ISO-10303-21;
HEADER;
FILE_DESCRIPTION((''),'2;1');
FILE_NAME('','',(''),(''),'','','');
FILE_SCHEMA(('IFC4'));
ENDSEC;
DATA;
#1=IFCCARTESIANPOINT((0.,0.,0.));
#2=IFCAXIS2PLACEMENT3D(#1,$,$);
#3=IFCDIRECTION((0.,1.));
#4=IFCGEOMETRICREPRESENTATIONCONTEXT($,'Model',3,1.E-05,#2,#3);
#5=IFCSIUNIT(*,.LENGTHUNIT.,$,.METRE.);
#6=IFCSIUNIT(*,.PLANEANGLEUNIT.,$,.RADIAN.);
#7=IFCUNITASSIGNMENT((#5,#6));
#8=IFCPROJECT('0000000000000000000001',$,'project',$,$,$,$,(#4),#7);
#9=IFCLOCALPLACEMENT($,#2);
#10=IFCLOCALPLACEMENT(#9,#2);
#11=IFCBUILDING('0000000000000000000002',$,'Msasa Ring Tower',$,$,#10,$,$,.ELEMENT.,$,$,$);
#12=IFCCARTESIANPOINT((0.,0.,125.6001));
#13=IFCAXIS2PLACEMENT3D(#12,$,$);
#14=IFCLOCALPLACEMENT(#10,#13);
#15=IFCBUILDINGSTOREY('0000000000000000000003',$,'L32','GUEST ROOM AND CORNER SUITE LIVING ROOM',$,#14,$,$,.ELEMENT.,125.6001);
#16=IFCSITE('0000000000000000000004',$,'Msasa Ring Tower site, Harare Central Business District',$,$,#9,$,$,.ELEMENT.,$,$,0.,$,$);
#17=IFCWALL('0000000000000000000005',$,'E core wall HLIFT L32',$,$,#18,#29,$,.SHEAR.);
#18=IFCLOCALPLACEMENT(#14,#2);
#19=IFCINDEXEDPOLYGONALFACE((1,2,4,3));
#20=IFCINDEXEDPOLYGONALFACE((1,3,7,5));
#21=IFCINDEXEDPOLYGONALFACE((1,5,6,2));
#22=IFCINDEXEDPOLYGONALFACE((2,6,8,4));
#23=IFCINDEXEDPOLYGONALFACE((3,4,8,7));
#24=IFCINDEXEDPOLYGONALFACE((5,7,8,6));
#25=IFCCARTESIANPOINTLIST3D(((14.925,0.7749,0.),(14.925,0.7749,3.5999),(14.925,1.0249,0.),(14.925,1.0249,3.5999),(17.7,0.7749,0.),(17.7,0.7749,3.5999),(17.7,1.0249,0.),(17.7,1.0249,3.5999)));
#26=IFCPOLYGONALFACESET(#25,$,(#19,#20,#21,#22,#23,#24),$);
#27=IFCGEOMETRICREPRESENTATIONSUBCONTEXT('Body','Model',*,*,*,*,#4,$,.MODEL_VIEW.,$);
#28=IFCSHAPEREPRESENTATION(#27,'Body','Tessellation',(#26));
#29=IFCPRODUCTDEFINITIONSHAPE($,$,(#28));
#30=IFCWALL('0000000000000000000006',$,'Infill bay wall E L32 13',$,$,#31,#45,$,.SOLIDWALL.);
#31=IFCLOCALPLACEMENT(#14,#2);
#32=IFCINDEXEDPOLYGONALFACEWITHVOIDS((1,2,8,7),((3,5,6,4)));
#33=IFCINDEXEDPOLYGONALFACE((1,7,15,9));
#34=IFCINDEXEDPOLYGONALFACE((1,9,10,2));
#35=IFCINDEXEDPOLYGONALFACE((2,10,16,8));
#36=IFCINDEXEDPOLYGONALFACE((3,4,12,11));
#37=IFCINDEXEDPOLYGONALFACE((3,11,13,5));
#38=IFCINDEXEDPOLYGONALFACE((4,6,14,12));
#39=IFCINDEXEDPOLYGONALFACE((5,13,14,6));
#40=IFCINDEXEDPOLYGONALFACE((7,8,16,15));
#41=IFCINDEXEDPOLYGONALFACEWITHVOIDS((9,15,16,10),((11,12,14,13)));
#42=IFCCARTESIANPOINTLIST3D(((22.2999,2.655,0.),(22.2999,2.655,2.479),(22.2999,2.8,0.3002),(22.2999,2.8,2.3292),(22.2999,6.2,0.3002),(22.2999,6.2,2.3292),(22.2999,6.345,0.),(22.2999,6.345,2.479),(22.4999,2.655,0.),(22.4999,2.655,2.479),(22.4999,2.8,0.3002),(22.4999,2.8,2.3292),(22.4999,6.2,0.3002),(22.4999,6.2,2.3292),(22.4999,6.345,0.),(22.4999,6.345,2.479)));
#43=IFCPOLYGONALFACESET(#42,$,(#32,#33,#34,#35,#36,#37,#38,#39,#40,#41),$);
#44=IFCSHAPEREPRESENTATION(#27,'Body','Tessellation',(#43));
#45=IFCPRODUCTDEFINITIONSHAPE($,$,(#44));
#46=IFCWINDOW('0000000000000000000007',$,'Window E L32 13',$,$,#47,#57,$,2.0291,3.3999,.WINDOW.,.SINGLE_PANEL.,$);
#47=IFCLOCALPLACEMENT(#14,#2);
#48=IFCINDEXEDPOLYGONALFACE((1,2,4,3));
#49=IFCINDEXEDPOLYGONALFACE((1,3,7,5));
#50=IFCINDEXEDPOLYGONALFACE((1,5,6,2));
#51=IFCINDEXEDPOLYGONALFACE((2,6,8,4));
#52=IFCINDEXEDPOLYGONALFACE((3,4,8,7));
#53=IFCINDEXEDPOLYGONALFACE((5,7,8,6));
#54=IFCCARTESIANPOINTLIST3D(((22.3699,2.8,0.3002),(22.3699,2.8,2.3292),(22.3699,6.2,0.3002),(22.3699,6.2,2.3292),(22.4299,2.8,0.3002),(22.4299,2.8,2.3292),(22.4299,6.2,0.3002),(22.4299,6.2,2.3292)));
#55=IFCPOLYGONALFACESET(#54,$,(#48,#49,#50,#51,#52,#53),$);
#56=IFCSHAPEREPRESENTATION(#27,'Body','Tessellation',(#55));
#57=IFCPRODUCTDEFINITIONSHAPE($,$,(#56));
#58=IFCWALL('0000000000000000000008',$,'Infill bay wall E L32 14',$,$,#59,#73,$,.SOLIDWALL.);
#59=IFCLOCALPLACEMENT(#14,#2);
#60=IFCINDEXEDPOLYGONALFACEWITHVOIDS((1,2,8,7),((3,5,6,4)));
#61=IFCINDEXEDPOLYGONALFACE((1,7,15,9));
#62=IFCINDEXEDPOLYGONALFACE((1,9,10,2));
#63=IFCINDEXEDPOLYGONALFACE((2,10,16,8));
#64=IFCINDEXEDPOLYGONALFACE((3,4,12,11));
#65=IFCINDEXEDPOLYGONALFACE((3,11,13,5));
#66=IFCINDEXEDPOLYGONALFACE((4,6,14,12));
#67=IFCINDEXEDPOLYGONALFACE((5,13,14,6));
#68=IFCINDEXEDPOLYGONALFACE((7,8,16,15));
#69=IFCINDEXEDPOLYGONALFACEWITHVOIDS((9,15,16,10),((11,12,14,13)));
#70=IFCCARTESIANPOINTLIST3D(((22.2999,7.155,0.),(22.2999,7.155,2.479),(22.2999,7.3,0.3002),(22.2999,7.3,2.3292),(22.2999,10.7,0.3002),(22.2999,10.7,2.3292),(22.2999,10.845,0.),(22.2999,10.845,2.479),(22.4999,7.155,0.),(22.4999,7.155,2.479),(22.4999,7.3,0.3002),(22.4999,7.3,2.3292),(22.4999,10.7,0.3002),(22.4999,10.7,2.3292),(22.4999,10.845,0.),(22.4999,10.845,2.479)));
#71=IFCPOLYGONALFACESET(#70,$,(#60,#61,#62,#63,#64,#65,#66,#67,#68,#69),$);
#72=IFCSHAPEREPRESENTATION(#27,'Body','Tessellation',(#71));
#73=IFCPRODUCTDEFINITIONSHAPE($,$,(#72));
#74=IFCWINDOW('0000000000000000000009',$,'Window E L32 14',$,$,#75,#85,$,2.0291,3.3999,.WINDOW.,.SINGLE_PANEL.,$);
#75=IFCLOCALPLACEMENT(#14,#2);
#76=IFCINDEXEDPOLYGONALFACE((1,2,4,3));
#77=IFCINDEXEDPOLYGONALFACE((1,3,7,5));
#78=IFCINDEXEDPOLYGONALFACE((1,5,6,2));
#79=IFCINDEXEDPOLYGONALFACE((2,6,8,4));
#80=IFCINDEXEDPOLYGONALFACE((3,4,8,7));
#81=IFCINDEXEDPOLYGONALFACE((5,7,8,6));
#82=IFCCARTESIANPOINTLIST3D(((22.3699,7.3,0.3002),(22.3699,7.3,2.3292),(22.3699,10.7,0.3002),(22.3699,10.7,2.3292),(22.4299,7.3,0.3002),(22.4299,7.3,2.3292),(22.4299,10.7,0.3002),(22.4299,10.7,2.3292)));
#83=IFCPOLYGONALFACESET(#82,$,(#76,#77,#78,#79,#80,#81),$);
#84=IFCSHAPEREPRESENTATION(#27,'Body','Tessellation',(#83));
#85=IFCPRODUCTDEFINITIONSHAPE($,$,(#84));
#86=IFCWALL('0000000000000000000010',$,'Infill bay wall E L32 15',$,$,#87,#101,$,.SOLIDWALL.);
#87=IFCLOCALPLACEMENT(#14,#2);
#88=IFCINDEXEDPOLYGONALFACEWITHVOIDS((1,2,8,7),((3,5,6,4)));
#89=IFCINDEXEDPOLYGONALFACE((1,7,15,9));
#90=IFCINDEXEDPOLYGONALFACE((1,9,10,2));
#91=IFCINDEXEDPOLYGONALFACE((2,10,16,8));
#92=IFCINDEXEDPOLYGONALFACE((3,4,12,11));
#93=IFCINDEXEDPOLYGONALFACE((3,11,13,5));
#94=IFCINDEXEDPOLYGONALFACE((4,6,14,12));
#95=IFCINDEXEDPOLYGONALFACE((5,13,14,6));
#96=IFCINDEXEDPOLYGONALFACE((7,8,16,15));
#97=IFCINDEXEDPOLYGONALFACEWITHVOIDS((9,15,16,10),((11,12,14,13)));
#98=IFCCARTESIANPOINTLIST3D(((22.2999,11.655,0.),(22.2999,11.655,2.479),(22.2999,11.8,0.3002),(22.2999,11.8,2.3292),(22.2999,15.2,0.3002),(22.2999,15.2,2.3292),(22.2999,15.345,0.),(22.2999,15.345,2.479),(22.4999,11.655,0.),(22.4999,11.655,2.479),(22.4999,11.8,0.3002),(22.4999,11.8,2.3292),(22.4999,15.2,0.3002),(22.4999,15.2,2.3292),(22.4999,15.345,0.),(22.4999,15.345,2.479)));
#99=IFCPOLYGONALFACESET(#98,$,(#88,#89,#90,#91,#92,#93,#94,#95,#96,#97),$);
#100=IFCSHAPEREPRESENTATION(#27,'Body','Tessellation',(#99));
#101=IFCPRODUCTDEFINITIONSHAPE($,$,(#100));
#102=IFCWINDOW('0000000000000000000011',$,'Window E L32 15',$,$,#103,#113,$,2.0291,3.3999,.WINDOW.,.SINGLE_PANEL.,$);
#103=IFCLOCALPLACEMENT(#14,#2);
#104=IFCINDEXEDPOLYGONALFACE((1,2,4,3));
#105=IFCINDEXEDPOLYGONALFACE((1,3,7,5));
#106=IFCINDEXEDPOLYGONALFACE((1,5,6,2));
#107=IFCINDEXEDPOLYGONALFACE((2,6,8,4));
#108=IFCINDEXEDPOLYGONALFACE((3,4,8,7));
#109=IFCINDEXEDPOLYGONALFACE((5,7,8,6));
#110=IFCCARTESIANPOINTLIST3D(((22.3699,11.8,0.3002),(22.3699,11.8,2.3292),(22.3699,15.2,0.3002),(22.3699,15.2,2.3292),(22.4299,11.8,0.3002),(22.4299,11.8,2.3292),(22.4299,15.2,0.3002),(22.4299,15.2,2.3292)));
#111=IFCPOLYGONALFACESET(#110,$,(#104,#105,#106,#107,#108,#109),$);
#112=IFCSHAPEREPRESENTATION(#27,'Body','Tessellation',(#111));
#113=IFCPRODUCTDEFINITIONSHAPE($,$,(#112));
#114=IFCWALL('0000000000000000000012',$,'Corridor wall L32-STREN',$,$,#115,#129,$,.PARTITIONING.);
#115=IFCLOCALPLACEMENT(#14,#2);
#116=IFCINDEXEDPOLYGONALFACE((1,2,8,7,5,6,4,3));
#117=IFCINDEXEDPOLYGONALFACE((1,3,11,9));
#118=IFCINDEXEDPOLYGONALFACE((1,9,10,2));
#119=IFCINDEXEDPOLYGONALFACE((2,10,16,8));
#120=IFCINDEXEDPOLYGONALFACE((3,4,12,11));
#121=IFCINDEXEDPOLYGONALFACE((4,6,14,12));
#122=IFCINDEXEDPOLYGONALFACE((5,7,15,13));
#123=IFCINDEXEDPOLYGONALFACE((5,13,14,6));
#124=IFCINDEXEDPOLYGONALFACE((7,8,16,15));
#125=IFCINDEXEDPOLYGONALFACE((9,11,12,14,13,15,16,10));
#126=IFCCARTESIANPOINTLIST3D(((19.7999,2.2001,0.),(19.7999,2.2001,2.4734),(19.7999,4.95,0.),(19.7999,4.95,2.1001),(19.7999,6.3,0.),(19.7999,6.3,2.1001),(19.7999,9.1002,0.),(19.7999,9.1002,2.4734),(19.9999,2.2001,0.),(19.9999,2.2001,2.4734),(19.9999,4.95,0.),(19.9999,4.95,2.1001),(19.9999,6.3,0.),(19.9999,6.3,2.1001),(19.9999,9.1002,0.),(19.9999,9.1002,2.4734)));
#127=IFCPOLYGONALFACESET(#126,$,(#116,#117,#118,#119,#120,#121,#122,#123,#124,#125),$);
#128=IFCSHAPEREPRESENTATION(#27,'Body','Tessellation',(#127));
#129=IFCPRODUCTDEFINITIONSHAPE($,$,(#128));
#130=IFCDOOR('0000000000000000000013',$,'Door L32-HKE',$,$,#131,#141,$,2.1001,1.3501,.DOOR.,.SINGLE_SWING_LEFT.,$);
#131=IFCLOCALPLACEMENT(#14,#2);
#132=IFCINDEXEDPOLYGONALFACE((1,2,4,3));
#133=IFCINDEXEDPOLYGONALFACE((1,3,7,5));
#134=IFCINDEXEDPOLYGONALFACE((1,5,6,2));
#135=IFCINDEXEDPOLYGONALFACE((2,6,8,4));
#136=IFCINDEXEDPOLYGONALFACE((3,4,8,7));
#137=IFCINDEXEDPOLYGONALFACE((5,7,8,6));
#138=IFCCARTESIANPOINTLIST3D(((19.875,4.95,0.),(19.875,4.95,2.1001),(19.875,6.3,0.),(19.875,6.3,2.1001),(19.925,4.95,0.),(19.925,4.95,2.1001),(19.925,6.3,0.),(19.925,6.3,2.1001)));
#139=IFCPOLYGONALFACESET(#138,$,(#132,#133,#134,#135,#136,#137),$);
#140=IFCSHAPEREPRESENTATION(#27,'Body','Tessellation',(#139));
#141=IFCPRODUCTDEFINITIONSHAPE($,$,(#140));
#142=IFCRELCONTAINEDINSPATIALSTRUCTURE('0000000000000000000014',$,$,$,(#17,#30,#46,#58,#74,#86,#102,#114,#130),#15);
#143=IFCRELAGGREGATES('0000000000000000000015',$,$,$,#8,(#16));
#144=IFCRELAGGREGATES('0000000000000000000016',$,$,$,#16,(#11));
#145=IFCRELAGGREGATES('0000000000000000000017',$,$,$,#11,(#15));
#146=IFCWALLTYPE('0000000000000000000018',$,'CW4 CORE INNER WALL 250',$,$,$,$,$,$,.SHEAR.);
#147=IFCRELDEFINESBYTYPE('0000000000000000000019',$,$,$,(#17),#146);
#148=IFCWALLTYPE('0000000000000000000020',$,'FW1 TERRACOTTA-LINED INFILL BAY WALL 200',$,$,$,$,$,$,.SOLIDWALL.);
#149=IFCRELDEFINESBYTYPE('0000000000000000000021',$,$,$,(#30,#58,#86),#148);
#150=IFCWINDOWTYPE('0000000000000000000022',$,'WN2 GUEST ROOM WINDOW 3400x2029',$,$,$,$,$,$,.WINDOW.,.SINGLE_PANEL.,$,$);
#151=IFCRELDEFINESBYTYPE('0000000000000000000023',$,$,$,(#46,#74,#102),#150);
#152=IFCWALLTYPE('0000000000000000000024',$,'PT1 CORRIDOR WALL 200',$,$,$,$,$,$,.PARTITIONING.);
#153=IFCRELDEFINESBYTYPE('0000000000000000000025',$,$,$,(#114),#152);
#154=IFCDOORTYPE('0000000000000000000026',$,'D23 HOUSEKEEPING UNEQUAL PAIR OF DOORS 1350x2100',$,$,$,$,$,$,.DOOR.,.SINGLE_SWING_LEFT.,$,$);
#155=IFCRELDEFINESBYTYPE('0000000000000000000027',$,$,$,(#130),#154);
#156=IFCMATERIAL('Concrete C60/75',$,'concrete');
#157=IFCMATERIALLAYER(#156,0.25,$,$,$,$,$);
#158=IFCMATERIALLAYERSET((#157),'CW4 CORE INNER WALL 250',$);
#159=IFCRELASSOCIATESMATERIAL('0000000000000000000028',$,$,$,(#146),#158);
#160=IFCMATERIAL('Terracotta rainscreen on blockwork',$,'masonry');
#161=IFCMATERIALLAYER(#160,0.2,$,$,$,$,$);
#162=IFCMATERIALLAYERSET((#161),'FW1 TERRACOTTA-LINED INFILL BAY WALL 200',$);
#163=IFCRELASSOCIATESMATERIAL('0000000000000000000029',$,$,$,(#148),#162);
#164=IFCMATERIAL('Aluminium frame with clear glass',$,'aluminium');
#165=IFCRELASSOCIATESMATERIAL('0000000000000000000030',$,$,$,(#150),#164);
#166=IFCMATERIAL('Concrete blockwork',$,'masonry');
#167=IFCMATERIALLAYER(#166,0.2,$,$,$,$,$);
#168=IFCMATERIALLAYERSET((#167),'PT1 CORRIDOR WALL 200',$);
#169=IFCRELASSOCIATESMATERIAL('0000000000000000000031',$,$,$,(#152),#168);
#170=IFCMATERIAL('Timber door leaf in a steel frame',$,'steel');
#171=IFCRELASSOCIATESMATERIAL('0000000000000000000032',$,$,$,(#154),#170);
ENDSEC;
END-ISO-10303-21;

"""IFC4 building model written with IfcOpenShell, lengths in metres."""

from ifc_helpers import new_model, si_unit, direction, frame, frame_2d, origin, place, context, subcontext, project, spatial, rectangle, extrude, material, layer, layer_set, type_object, element, fill, save


model = new_model("IFC4")

# Units and contexts
model_context = context("Model", 3, precision=1e-05, world=origin(), true_north=direction((0.0, 1.0)))
body_context = subcontext(model_context, "Body", "Model", "MODEL_VIEW")
ifc_project = project(units=[si_unit("LENGTHUNIT", "METRE"), si_unit("PLANEANGLEUNIT", "RADIAN")], contexts=[model_context])

# Site, building, storey
site_placement = place(None, origin())
site = spatial("IfcSite", under=ifc_project, at=site_placement, Name="Msasa Ring Tower site, Harare Central Business District", CompositionType="ELEMENT", RefElevation=0.0)
building_placement = place(site_placement, origin())
building = spatial("IfcBuilding", under=site, at=building_placement, Name="Msasa Ring Tower", CompositionType="ELEMENT")
storey_placement = place(building_placement, frame((0.0, 0.0, 125.6001)))
storey = spatial("IfcBuildingStorey", under=building, at=storey_placement, Name="L32", Description="GUEST ROOM AND CORNER SUITE LIVING ROOM", CompositionType="ELEMENT", Elevation=125.6001)

# Wall
ifc_material_1 = material(Name="Concrete C60/75", Category="concrete")
ifc_layer_1 = layer(ifc_material_1, 0.25)
ifc_layer_set_1 = layer_set([ifc_layer_1], Name="CW4 CORE INNER WALL 250")
wall_type_1 = type_object("IfcWallType", Name="CW4 CORE INNER WALL 250", PredefinedType="SHEAR", material=ifc_layer_set_1)
wall_1_placement = place(storey_placement, frame((14.925, 0.8999, 0.0), z_axis=(0.0, 0.0, 1.0), x_axis=(1.0, 0.0, 0.0)))
element("IfcWall", 1, at=wall_1_placement, inside=storey, type_object=wall_type_1, Name="E core wall HLIFT L32", PredefinedType="SHEAR", context=body_context, shape_type="SweptSolid", body=[
    extrude(rectangle(XDim=2.7749, YDim=0.25, at=frame_2d((1.3875, 0.0))), origin(), (0.0, 0.0, 1.0), 3.5999),
])

# Walls, openings, windows
ifc_material_2 = material(Name="Terracotta rainscreen on blockwork", Category="masonry")
ifc_layer_2 = layer(ifc_material_2, 0.2)
ifc_layer_set_2 = layer_set([ifc_layer_2], Name="FW1 TERRACOTTA-LINED INFILL BAY WALL 200")
wall_type_2 = type_object("IfcWallType", Name="FW1 TERRACOTTA-LINED INFILL BAY WALL 200", PredefinedType="SOLIDWALL", material=ifc_layer_set_2)
wall_2_placement = place(storey_placement, frame((22.3999, 2.655, 0.0), z_axis=(0.0, 0.0, 1.0), x_axis=(0.0, 1.0, 0.0)))
wall_2 = element("IfcWall", 2, at=wall_2_placement, inside=storey, type_object=wall_type_2, Name="Infill bay wall E L32 13", PredefinedType="SOLIDWALL", context=body_context, shape_type="SweptSolid", body=[
    extrude(rectangle(XDim=3.6899, YDim=0.2, at=frame_2d((1.845, 0.0))), origin(), (0.0, 0.0, 1.0), 2.479),
])
opening_1_placement = place(wall_2_placement, frame((0.145, 0.0, 0.3)))
opening_1 = element("IfcOpeningElement", 3, at=opening_1_placement, cuts=wall_2, PredefinedType="OPENING", context=body_context, shape_type="SweptSolid", body=[
    extrude(rectangle(XDim=3.3999, YDim=2.0291, at=frame_2d((1.7, 1.0146))), frame((0.0, 0.1099, 0.0), z_axis=(0.0, -1.0, 0.0), x_axis=(1.0, 0.0, 0.0)), (0.0, 0.0, 1.0), 0.22),
])
ifc_material_3 = material(Name="Aluminium frame with clear glass", Category="aluminium")
window_type = type_object("IfcWindowType", Name="WN2 GUEST ROOM WINDOW 3400x2029", PartitioningType="SINGLE_PANEL", PredefinedType="WINDOW", material=ifc_material_3)
window_1_placement = place(opening_1_placement, origin())
window_1 = element("IfcWindow", 4, at=window_1_placement, inside=storey, type_object=window_type, Name="Window E L32 13", OverallHeight=2.0291, OverallWidth=3.3999, PartitioningType="SINGLE_PANEL", PredefinedType="WINDOW", context=body_context, shape_type="SweptSolid", body=[
    extrude(rectangle(XDim=3.3999, YDim=2.0291, at=frame_2d((1.7, 1.0146))), frame((0.0, 0.03, 0.0), z_axis=(0.0, -1.0, 0.0), x_axis=(1.0, 0.0, 0.0)), (0.0, 0.0, 1.0), 0.0601),
])
fill(opening_1, window_1)
wall_3_placement = place(storey_placement, frame((22.3999, 7.155, 0.0), z_axis=(0.0, 0.0, 1.0), x_axis=(0.0, 1.0, 0.0)))
wall_3 = element("IfcWall", 5, at=wall_3_placement, inside=storey, type_object=wall_type_2, Name="Infill bay wall E L32 14", PredefinedType="SOLIDWALL", context=body_context, shape_type="SweptSolid", body=[
    extrude(rectangle(XDim=3.6899, YDim=0.2, at=frame_2d((1.845, 0.0))), origin(), (0.0, 0.0, 1.0), 2.479),
])
opening_2_placement = place(wall_3_placement, frame((0.145, 0.0, 0.3)))
opening_2 = element("IfcOpeningElement", 6, at=opening_2_placement, cuts=wall_3, PredefinedType="OPENING", context=body_context, shape_type="SweptSolid", body=[
    extrude(rectangle(XDim=3.3999, YDim=2.0291, at=frame_2d((1.7, 1.0146))), frame((0.0, 0.1099, 0.0), z_axis=(0.0, -1.0, 0.0), x_axis=(1.0, 0.0, 0.0)), (0.0, 0.0, 1.0), 0.22),
])
window_2_placement = place(opening_2_placement, origin())
window_2 = element("IfcWindow", 7, at=window_2_placement, inside=storey, type_object=window_type, Name="Window E L32 14", OverallHeight=2.0291, OverallWidth=3.3999, PartitioningType="SINGLE_PANEL", PredefinedType="WINDOW", context=body_context, shape_type="SweptSolid", body=[
    extrude(rectangle(XDim=3.3999, YDim=2.0291, at=frame_2d((1.7, 1.0146))), frame((0.0, 0.03, 0.0), z_axis=(0.0, -1.0, 0.0), x_axis=(1.0, 0.0, 0.0)), (0.0, 0.0, 1.0), 0.0601),
])
fill(opening_2, window_2)
wall_4_placement = place(storey_placement, frame((22.3999, 11.655, 0.0), z_axis=(0.0, 0.0, 1.0), x_axis=(0.0, 1.0, 0.0)))
wall_4 = element("IfcWall", 8, at=wall_4_placement, inside=storey, type_object=wall_type_2, Name="Infill bay wall E L32 15", PredefinedType="SOLIDWALL", context=body_context, shape_type="SweptSolid", body=[
    extrude(rectangle(XDim=3.6899, YDim=0.2, at=frame_2d((1.845, 0.0))), origin(), (0.0, 0.0, 1.0), 2.479),
])
opening_3_placement = place(wall_4_placement, frame((0.145, 0.0, 0.3)))
opening_3 = element("IfcOpeningElement", 9, at=opening_3_placement, cuts=wall_4, PredefinedType="OPENING", context=body_context, shape_type="SweptSolid", body=[
    extrude(rectangle(XDim=3.3999, YDim=2.0291, at=frame_2d((1.7, 1.0146))), frame((0.0, 0.1099, 0.0), z_axis=(0.0, -1.0, 0.0), x_axis=(1.0, 0.0, 0.0)), (0.0, 0.0, 1.0), 0.22),
])
window_3_placement = place(opening_3_placement, origin())
window_3 = element("IfcWindow", 10, at=window_3_placement, inside=storey, type_object=window_type, Name="Window E L32 15", OverallHeight=2.0291, OverallWidth=3.3999, PartitioningType="SINGLE_PANEL", PredefinedType="WINDOW", context=body_context, shape_type="SweptSolid", body=[
    extrude(rectangle(XDim=3.3999, YDim=2.0291, at=frame_2d((1.7, 1.0146))), frame((0.0, 0.03, 0.0), z_axis=(0.0, -1.0, 0.0), x_axis=(1.0, 0.0, 0.0)), (0.0, 0.0, 1.0), 0.0601),
])
fill(opening_3, window_3)

# Wall, opening, door
ifc_material_4 = material(Name="Concrete blockwork", Category="masonry")
ifc_layer_3 = layer(ifc_material_4, 0.2)
ifc_layer_set_3 = layer_set([ifc_layer_3], Name="PT1 CORRIDOR WALL 200")
wall_type_3 = type_object("IfcWallType", Name="PT1 CORRIDOR WALL 200", PredefinedType="PARTITIONING", material=ifc_layer_set_3)
wall_5_placement = place(storey_placement, frame((19.8999, 2.2, 0.0), z_axis=(0.0, 0.0, 1.0), x_axis=(0.0, 1.0, 0.0)))
wall_5 = element("IfcWall", 11, at=wall_5_placement, inside=storey, type_object=wall_type_3, Name="Corridor wall L32-STREN", PredefinedType="PARTITIONING", context=body_context, shape_type="SweptSolid", body=[
    extrude(rectangle(XDim=6.9001, YDim=0.2, at=frame_2d((3.4502, 0.0))), origin(), (0.0, 0.0, 1.0), 2.4734),
])
opening_4_placement = place(wall_5_placement, frame((2.75, 0.0, 0.0)))
opening_4 = element("IfcOpeningElement", 12, at=opening_4_placement, cuts=wall_5, PredefinedType="OPENING", context=body_context, shape_type="SweptSolid", body=[
    extrude(rectangle(XDim=1.3501, YDim=2.1001, at=frame_2d((0.675, 1.05))), frame((0.0, 0.1099, 0.0), z_axis=(0.0, -1.0, 0.0), x_axis=(1.0, 0.0, 0.0)), (0.0, 0.0, 1.0), 0.22),
])
ifc_material_5 = material(Name="Timber door leaf in a steel frame", Category="steel")
door_type_1 = type_object("IfcDoorType", Name="D23 HOUSEKEEPING UNEQUAL PAIR OF DOORS 1350x2100", OperationType="SINGLE_SWING_LEFT", PredefinedType="DOOR", material=ifc_material_5)
door_1_placement = place(opening_4_placement, origin())
door_1 = element("IfcDoor", 13, at=door_1_placement, inside=storey, type_object=door_type_1, Name="Door L32-HKE", OperationType="SINGLE_SWING_LEFT", OverallHeight=2.1001, OverallWidth=1.3501, PredefinedType="DOOR", context=body_context, shape_type="SweptSolid", body=[
    extrude(rectangle(XDim=1.3501, YDim=2.1001, at=frame_2d((0.675, 1.05))), frame((0.0, 0.0249, 0.0), z_axis=(0.0, -1.0, 0.0), x_axis=(1.0, 0.0, 0.0)), (0.0, 0.0, 1.0), 0.05),
])
fill(opening_4, door_1)

save(model, "model.ifc")
